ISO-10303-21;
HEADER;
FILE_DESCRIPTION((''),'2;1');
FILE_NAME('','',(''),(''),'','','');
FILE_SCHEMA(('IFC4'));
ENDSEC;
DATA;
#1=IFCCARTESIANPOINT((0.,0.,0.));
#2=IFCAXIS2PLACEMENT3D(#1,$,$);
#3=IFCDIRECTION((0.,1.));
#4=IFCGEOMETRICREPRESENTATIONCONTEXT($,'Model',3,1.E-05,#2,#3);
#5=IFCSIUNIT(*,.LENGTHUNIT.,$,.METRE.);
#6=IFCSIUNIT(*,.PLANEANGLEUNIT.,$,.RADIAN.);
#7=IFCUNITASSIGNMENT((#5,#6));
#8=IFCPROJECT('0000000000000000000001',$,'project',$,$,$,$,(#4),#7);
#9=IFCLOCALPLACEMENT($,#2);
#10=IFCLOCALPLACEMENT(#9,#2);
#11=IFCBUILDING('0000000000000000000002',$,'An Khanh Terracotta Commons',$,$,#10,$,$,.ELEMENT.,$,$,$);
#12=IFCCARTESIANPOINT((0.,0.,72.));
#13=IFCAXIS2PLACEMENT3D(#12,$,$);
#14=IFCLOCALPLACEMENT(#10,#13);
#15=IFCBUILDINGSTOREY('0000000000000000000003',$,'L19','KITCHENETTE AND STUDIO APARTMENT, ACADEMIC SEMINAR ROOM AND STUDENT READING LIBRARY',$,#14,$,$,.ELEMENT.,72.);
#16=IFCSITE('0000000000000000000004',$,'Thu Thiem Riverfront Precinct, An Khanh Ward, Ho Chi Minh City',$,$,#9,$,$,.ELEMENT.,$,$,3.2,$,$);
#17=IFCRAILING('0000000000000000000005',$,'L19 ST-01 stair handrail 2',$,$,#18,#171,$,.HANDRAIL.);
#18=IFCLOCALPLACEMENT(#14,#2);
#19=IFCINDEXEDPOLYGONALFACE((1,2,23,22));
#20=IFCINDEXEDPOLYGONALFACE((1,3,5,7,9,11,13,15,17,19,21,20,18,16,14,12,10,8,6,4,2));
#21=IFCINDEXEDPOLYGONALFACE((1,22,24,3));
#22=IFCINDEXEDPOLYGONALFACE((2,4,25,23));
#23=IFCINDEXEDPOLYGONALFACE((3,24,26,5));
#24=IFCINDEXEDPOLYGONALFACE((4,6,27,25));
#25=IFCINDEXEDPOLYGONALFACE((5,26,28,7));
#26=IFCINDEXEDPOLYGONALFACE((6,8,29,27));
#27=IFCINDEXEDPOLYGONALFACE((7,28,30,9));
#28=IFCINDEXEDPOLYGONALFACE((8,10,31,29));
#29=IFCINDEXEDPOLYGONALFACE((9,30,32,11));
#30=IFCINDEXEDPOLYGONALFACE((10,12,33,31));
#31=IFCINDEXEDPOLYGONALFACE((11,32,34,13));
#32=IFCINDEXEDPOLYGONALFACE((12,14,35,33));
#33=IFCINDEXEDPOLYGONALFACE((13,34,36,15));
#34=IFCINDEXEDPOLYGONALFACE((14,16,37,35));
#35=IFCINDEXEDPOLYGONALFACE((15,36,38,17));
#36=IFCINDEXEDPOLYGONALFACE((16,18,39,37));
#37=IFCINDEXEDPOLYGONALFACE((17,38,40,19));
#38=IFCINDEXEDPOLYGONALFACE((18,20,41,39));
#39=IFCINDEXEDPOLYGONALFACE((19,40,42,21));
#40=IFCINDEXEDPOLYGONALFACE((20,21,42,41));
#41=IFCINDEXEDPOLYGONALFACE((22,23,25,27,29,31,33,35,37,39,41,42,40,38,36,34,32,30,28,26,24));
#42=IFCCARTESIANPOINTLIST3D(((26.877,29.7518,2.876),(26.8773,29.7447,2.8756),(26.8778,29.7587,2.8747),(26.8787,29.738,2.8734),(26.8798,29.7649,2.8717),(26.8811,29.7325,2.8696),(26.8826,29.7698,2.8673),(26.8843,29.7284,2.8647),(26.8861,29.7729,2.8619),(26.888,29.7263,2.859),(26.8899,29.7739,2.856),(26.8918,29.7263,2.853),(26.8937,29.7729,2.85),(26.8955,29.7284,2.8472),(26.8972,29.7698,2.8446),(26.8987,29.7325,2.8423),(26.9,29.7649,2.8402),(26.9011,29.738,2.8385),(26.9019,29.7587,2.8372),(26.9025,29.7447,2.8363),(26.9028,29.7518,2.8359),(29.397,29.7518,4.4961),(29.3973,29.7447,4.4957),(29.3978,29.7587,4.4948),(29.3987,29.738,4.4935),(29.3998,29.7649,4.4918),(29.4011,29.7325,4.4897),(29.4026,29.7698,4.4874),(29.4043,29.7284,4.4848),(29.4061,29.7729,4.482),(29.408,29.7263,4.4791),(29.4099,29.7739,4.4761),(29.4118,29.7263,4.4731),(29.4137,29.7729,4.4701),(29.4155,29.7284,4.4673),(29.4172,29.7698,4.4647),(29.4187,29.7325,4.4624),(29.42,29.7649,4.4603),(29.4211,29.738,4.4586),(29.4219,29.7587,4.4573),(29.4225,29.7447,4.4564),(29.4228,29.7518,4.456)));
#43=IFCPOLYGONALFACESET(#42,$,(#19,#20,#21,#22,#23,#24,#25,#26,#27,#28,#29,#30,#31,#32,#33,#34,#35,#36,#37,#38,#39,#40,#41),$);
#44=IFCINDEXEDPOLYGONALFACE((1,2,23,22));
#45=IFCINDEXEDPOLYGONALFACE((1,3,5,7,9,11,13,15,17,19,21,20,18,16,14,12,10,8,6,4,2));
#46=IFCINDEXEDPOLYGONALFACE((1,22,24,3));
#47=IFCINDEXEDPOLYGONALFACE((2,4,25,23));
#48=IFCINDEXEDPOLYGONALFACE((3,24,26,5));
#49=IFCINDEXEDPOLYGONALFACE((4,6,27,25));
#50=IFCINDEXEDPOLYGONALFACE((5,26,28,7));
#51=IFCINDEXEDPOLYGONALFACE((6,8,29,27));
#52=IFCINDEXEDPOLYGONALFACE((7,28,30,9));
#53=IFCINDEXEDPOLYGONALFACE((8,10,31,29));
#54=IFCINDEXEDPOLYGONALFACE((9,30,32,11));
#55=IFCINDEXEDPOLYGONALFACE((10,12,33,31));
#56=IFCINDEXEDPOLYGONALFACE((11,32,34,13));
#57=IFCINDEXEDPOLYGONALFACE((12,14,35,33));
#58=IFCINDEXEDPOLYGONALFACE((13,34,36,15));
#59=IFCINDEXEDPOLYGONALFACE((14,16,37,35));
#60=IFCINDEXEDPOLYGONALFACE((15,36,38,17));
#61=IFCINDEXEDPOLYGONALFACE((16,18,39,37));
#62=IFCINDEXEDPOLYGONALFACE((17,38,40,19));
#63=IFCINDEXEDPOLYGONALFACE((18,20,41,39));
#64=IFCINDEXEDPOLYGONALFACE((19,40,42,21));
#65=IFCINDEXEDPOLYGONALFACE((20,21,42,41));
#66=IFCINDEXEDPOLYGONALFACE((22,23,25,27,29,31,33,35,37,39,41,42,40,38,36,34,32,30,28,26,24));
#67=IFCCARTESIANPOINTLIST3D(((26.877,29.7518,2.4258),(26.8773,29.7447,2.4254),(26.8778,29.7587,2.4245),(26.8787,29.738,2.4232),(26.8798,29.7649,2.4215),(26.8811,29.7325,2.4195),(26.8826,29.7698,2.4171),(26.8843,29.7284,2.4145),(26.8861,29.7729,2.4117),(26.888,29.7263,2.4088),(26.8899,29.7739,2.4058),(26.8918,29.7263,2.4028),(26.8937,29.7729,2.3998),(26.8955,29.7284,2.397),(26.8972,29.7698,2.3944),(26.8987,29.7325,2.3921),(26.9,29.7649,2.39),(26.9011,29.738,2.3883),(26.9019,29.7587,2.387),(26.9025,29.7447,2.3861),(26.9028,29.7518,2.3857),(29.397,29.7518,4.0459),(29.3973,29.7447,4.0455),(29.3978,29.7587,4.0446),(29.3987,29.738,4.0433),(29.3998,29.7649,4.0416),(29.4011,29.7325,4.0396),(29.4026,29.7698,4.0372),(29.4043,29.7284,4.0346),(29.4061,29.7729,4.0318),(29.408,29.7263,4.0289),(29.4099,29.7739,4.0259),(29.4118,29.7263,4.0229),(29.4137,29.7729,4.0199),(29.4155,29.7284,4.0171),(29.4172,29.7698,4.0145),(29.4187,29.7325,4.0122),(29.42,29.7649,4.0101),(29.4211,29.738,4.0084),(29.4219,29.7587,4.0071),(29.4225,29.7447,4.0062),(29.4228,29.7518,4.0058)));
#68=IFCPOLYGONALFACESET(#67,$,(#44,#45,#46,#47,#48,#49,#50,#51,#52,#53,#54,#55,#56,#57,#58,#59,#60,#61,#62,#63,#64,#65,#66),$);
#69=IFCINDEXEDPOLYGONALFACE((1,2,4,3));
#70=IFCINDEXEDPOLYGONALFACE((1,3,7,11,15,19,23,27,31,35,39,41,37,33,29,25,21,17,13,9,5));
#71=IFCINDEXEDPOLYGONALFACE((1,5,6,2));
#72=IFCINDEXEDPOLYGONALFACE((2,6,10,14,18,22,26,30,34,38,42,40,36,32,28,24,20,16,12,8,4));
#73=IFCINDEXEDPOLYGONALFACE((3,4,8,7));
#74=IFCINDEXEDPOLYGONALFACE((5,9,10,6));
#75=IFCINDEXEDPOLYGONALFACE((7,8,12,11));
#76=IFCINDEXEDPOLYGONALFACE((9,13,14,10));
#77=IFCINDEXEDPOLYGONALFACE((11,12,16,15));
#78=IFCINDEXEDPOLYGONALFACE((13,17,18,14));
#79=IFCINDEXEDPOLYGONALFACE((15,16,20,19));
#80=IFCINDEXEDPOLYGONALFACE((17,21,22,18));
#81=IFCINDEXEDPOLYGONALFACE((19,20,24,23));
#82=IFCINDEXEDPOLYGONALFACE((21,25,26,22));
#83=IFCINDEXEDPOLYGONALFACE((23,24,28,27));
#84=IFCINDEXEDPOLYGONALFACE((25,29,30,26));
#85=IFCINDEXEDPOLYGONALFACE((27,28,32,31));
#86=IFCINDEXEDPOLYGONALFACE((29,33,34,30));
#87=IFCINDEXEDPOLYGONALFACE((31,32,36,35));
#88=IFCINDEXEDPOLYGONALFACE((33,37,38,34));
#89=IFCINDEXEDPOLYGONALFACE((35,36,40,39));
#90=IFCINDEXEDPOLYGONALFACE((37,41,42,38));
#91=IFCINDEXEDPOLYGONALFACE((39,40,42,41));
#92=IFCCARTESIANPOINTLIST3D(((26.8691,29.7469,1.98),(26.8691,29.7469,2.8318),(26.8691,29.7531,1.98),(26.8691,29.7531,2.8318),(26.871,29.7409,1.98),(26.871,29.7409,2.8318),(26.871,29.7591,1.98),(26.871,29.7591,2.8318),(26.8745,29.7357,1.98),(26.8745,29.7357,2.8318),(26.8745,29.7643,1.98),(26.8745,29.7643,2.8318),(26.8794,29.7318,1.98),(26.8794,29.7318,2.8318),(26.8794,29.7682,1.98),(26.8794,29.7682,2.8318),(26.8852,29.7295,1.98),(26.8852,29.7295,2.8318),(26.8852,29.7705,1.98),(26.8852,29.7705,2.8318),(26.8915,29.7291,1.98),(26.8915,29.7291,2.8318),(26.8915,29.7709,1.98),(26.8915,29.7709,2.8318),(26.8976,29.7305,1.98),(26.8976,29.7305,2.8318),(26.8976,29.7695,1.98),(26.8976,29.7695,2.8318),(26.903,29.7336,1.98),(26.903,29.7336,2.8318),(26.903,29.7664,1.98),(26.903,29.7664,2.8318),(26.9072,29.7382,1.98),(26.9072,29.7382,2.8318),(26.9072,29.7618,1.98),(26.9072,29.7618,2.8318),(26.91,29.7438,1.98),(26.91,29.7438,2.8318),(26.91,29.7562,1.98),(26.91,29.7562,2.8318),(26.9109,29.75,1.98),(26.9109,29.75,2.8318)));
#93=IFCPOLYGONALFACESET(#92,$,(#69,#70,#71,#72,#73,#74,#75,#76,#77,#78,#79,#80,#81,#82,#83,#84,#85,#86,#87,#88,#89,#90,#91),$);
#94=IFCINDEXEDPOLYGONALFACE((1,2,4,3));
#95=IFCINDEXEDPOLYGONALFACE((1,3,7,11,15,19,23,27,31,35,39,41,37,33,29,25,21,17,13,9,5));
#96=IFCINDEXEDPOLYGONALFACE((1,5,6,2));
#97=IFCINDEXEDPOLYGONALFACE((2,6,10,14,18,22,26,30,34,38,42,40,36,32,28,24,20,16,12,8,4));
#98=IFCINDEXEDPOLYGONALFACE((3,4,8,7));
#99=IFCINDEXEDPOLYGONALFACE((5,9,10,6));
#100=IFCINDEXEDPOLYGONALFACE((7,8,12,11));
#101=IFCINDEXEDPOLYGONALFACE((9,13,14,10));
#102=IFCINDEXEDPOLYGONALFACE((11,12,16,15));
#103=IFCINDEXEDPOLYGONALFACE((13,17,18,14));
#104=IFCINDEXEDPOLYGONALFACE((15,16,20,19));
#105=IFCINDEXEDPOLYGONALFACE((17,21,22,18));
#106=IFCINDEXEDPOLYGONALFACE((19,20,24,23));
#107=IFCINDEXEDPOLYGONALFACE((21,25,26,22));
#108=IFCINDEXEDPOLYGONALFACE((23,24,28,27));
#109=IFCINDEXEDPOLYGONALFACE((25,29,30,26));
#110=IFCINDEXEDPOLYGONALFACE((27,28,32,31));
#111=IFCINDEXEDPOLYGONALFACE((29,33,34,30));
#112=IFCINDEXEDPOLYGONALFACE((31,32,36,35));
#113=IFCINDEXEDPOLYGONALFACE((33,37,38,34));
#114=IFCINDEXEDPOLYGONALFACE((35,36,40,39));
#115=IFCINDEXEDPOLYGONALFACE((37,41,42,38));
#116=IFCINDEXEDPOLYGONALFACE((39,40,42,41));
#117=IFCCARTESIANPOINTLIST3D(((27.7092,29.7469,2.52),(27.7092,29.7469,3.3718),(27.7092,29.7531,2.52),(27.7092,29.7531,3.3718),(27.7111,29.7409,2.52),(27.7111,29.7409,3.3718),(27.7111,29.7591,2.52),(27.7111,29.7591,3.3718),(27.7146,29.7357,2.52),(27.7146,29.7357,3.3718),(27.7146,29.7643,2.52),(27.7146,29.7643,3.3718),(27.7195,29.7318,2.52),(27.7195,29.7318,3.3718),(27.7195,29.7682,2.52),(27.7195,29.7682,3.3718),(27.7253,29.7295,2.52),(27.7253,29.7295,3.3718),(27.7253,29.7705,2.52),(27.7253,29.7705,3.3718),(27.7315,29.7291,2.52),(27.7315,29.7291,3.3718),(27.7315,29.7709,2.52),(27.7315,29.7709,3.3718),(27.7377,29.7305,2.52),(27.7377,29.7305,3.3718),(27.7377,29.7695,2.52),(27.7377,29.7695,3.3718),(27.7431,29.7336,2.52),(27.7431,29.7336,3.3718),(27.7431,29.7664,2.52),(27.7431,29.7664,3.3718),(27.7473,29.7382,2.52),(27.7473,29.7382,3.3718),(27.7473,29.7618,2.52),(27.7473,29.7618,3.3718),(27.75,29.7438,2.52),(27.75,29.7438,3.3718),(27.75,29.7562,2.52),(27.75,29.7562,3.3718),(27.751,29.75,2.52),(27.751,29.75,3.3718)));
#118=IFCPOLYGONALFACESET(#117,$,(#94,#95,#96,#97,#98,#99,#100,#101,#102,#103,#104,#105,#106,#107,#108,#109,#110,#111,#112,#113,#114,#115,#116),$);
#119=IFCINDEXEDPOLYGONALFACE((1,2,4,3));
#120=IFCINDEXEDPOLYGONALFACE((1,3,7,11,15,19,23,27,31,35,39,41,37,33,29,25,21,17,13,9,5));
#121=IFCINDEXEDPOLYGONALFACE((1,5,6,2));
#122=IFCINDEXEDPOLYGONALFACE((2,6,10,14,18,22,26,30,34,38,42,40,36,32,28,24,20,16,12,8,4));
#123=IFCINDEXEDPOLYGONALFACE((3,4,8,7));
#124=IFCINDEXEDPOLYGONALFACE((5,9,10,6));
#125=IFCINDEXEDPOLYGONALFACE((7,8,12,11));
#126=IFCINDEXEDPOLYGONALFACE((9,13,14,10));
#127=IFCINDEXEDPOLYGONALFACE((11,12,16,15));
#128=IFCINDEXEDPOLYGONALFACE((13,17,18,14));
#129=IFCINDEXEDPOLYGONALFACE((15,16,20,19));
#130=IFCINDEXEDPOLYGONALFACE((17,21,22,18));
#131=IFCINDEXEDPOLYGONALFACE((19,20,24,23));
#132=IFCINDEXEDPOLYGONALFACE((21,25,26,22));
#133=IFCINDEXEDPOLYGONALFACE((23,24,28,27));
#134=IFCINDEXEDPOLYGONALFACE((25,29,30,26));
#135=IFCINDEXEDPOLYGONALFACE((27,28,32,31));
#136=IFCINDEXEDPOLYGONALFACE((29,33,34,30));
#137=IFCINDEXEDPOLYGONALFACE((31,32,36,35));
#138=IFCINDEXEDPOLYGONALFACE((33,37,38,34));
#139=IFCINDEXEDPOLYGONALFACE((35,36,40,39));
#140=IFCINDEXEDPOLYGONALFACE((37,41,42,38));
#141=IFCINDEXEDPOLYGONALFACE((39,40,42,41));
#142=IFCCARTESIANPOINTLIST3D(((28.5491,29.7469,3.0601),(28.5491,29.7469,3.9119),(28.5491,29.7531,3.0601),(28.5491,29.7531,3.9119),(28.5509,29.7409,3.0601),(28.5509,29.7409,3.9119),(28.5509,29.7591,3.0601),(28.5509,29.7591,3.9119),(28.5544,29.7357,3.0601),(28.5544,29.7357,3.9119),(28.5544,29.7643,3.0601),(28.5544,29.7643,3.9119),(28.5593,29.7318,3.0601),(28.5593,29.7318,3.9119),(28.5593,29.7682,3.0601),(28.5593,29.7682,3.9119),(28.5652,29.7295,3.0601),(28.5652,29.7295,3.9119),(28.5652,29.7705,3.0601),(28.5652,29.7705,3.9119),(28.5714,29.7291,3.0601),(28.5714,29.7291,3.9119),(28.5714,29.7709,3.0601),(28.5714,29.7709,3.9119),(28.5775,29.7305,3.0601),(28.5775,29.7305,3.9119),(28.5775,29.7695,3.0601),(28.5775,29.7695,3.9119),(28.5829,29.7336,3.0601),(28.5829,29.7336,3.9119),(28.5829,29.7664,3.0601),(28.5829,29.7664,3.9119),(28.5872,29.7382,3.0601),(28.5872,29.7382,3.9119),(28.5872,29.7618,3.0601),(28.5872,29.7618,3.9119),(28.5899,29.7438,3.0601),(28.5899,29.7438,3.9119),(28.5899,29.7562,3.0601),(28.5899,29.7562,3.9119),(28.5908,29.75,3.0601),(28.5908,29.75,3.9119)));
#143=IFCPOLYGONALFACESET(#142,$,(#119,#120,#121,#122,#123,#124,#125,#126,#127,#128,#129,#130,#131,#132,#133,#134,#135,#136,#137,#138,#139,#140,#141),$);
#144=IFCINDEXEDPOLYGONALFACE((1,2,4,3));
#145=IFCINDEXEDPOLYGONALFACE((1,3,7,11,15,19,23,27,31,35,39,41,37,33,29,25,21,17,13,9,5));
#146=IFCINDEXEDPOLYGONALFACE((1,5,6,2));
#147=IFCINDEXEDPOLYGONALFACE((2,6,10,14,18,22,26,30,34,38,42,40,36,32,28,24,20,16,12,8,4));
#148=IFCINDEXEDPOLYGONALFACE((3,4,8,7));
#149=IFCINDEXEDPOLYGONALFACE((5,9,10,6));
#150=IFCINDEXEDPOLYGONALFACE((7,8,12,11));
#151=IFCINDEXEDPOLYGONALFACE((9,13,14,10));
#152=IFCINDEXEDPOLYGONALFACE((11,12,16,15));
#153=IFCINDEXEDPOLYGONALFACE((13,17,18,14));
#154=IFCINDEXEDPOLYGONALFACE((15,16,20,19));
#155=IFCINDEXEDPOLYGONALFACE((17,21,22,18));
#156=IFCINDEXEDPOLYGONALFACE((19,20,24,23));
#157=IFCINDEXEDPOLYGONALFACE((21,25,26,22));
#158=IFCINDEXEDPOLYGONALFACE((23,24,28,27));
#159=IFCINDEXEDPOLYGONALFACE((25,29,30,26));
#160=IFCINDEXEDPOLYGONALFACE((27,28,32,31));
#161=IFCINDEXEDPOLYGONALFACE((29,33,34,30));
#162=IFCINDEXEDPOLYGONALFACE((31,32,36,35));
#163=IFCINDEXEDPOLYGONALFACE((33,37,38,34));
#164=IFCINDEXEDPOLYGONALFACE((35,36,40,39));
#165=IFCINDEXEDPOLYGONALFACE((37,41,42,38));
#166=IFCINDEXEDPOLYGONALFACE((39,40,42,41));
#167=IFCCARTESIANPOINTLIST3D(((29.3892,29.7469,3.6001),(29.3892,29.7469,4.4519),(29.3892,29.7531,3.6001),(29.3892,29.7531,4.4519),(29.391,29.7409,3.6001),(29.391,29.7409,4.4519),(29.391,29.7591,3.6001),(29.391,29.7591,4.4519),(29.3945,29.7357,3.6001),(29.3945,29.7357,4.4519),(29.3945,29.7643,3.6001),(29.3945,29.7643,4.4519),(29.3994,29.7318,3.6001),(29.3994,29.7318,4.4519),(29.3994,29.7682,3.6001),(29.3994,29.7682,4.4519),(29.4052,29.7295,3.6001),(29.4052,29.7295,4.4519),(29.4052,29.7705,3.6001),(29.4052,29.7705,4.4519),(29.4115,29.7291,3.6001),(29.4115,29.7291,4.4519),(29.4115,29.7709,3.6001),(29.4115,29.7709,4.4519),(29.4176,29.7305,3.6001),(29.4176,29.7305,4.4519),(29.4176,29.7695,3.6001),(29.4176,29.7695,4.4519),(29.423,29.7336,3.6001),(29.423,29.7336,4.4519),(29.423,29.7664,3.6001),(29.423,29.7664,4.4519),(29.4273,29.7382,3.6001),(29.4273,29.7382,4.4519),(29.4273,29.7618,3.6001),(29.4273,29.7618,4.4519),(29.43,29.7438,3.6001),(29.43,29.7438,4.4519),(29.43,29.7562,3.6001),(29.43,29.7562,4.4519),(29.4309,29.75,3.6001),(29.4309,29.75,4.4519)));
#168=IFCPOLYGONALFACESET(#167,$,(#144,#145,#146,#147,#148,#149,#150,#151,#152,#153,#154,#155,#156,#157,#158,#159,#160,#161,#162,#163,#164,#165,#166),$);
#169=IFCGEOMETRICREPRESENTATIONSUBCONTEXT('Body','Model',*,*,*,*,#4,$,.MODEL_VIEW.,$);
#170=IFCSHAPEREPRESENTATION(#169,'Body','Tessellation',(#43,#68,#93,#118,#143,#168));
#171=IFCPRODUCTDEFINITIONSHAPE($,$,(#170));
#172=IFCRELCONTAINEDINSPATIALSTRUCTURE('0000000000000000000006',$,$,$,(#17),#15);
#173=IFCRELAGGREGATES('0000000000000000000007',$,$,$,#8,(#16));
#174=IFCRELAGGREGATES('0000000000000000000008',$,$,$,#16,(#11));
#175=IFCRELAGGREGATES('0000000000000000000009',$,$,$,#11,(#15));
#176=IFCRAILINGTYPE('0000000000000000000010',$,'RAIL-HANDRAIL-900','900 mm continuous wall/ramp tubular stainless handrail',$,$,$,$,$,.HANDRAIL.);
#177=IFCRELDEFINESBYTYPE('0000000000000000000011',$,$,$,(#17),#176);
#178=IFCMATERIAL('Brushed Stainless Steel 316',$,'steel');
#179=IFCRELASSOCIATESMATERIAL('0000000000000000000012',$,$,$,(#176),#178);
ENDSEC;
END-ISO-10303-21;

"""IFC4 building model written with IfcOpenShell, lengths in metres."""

from ifc_helpers import new_model, si_unit, direction, frame, origin, origin_2d, place, context, subcontext, project, spatial, circle, extrude, material, type_object, element, save


model = new_model("IFC4")

# Units and contexts
model_context = context("Model", 3, precision=1e-05, world=origin(), true_north=direction((0.0, 1.0)))
body_context = subcontext(model_context, "Body", "Model", "MODEL_VIEW")
ifc_project = project(units=[si_unit("LENGTHUNIT", "METRE"), si_unit("PLANEANGLEUNIT", "RADIAN")], contexts=[model_context])

# Site, building, storey
site_placement = place(None, origin())
site = spatial("IfcSite", under=ifc_project, at=site_placement, Name="Thu Thiem Riverfront Precinct, An Khanh Ward, Ho Chi Minh City", CompositionType="ELEMENT", RefElevation=3.2)
building_placement = place(site_placement, origin())
building = spatial("IfcBuilding", under=site, at=building_placement, Name="An Khanh Terracotta Commons", CompositionType="ELEMENT")
storey_placement = place(building_placement, frame((0.0, 0.0, 72.0)))
storey = spatial("IfcBuildingStorey", under=building, at=storey_placement, Name="L19", Description="KITCHENETTE AND STUDIO APARTMENT, ACADEMIC SEMINAR ROOM AND STUDENT READING LIBRARY", CompositionType="ELEMENT", Elevation=72.0)

# Railing
ifc_material_1 = material(Name="Brushed Stainless Steel 316", Category="steel")
railing_type_1 = type_object("IfcRailingType", Name="RAIL-HANDRAIL-900", Description="900 mm continuous wall/ramp tubular stainless handrail", PredefinedType="HANDRAIL", material=ifc_material_1)
railing_1_placement = place(storey_placement, frame((26.8899, 29.75, 1.98)))
element("IfcRailing", 1, at=railing_1_placement, inside=storey, type_object=railing_type_1, Name="L19 ST-01 stair handrail 2", PredefinedType="HANDRAIL", context=body_context, shape_type="SweptSolid", body=[
    extrude(circle(Radius=0.0239, at=origin_2d()), frame((0.0, 0.0, 0.876), z_axis=(0.841163, 0.0, 0.540782), x_axis=(0.0, 1.0, 0.0)), (0.0, 0.0, 1.0), 2.9958),
    extrude(circle(Radius=0.0239, at=origin_2d()), frame((0.0, 0.0, 0.4258), z_axis=(0.841163, 0.0, 0.540782), x_axis=(0.0, 1.0, 0.0)), (0.0, 0.0, 1.0), 2.9958),
    extrude(circle(Radius=0.021, at=origin_2d()), origin(), (0.0, 0.0, 1.0), 0.8518),
    extrude(circle(Radius=0.021, at=origin_2d()), frame((0.8401, 0.0, 0.54)), (0.0, 0.0, 1.0), 0.8518),
    extrude(circle(Radius=0.021, at=origin_2d()), frame((1.6799, 0.0, 1.0801)), (0.0, 0.0, 1.0), 0.8518),
    extrude(circle(Radius=0.021, at=origin_2d()), frame((2.52, 0.0, 1.6201)), (0.0, 0.0, 1.0), 0.8518),
])

save(model, "model.ifc")
